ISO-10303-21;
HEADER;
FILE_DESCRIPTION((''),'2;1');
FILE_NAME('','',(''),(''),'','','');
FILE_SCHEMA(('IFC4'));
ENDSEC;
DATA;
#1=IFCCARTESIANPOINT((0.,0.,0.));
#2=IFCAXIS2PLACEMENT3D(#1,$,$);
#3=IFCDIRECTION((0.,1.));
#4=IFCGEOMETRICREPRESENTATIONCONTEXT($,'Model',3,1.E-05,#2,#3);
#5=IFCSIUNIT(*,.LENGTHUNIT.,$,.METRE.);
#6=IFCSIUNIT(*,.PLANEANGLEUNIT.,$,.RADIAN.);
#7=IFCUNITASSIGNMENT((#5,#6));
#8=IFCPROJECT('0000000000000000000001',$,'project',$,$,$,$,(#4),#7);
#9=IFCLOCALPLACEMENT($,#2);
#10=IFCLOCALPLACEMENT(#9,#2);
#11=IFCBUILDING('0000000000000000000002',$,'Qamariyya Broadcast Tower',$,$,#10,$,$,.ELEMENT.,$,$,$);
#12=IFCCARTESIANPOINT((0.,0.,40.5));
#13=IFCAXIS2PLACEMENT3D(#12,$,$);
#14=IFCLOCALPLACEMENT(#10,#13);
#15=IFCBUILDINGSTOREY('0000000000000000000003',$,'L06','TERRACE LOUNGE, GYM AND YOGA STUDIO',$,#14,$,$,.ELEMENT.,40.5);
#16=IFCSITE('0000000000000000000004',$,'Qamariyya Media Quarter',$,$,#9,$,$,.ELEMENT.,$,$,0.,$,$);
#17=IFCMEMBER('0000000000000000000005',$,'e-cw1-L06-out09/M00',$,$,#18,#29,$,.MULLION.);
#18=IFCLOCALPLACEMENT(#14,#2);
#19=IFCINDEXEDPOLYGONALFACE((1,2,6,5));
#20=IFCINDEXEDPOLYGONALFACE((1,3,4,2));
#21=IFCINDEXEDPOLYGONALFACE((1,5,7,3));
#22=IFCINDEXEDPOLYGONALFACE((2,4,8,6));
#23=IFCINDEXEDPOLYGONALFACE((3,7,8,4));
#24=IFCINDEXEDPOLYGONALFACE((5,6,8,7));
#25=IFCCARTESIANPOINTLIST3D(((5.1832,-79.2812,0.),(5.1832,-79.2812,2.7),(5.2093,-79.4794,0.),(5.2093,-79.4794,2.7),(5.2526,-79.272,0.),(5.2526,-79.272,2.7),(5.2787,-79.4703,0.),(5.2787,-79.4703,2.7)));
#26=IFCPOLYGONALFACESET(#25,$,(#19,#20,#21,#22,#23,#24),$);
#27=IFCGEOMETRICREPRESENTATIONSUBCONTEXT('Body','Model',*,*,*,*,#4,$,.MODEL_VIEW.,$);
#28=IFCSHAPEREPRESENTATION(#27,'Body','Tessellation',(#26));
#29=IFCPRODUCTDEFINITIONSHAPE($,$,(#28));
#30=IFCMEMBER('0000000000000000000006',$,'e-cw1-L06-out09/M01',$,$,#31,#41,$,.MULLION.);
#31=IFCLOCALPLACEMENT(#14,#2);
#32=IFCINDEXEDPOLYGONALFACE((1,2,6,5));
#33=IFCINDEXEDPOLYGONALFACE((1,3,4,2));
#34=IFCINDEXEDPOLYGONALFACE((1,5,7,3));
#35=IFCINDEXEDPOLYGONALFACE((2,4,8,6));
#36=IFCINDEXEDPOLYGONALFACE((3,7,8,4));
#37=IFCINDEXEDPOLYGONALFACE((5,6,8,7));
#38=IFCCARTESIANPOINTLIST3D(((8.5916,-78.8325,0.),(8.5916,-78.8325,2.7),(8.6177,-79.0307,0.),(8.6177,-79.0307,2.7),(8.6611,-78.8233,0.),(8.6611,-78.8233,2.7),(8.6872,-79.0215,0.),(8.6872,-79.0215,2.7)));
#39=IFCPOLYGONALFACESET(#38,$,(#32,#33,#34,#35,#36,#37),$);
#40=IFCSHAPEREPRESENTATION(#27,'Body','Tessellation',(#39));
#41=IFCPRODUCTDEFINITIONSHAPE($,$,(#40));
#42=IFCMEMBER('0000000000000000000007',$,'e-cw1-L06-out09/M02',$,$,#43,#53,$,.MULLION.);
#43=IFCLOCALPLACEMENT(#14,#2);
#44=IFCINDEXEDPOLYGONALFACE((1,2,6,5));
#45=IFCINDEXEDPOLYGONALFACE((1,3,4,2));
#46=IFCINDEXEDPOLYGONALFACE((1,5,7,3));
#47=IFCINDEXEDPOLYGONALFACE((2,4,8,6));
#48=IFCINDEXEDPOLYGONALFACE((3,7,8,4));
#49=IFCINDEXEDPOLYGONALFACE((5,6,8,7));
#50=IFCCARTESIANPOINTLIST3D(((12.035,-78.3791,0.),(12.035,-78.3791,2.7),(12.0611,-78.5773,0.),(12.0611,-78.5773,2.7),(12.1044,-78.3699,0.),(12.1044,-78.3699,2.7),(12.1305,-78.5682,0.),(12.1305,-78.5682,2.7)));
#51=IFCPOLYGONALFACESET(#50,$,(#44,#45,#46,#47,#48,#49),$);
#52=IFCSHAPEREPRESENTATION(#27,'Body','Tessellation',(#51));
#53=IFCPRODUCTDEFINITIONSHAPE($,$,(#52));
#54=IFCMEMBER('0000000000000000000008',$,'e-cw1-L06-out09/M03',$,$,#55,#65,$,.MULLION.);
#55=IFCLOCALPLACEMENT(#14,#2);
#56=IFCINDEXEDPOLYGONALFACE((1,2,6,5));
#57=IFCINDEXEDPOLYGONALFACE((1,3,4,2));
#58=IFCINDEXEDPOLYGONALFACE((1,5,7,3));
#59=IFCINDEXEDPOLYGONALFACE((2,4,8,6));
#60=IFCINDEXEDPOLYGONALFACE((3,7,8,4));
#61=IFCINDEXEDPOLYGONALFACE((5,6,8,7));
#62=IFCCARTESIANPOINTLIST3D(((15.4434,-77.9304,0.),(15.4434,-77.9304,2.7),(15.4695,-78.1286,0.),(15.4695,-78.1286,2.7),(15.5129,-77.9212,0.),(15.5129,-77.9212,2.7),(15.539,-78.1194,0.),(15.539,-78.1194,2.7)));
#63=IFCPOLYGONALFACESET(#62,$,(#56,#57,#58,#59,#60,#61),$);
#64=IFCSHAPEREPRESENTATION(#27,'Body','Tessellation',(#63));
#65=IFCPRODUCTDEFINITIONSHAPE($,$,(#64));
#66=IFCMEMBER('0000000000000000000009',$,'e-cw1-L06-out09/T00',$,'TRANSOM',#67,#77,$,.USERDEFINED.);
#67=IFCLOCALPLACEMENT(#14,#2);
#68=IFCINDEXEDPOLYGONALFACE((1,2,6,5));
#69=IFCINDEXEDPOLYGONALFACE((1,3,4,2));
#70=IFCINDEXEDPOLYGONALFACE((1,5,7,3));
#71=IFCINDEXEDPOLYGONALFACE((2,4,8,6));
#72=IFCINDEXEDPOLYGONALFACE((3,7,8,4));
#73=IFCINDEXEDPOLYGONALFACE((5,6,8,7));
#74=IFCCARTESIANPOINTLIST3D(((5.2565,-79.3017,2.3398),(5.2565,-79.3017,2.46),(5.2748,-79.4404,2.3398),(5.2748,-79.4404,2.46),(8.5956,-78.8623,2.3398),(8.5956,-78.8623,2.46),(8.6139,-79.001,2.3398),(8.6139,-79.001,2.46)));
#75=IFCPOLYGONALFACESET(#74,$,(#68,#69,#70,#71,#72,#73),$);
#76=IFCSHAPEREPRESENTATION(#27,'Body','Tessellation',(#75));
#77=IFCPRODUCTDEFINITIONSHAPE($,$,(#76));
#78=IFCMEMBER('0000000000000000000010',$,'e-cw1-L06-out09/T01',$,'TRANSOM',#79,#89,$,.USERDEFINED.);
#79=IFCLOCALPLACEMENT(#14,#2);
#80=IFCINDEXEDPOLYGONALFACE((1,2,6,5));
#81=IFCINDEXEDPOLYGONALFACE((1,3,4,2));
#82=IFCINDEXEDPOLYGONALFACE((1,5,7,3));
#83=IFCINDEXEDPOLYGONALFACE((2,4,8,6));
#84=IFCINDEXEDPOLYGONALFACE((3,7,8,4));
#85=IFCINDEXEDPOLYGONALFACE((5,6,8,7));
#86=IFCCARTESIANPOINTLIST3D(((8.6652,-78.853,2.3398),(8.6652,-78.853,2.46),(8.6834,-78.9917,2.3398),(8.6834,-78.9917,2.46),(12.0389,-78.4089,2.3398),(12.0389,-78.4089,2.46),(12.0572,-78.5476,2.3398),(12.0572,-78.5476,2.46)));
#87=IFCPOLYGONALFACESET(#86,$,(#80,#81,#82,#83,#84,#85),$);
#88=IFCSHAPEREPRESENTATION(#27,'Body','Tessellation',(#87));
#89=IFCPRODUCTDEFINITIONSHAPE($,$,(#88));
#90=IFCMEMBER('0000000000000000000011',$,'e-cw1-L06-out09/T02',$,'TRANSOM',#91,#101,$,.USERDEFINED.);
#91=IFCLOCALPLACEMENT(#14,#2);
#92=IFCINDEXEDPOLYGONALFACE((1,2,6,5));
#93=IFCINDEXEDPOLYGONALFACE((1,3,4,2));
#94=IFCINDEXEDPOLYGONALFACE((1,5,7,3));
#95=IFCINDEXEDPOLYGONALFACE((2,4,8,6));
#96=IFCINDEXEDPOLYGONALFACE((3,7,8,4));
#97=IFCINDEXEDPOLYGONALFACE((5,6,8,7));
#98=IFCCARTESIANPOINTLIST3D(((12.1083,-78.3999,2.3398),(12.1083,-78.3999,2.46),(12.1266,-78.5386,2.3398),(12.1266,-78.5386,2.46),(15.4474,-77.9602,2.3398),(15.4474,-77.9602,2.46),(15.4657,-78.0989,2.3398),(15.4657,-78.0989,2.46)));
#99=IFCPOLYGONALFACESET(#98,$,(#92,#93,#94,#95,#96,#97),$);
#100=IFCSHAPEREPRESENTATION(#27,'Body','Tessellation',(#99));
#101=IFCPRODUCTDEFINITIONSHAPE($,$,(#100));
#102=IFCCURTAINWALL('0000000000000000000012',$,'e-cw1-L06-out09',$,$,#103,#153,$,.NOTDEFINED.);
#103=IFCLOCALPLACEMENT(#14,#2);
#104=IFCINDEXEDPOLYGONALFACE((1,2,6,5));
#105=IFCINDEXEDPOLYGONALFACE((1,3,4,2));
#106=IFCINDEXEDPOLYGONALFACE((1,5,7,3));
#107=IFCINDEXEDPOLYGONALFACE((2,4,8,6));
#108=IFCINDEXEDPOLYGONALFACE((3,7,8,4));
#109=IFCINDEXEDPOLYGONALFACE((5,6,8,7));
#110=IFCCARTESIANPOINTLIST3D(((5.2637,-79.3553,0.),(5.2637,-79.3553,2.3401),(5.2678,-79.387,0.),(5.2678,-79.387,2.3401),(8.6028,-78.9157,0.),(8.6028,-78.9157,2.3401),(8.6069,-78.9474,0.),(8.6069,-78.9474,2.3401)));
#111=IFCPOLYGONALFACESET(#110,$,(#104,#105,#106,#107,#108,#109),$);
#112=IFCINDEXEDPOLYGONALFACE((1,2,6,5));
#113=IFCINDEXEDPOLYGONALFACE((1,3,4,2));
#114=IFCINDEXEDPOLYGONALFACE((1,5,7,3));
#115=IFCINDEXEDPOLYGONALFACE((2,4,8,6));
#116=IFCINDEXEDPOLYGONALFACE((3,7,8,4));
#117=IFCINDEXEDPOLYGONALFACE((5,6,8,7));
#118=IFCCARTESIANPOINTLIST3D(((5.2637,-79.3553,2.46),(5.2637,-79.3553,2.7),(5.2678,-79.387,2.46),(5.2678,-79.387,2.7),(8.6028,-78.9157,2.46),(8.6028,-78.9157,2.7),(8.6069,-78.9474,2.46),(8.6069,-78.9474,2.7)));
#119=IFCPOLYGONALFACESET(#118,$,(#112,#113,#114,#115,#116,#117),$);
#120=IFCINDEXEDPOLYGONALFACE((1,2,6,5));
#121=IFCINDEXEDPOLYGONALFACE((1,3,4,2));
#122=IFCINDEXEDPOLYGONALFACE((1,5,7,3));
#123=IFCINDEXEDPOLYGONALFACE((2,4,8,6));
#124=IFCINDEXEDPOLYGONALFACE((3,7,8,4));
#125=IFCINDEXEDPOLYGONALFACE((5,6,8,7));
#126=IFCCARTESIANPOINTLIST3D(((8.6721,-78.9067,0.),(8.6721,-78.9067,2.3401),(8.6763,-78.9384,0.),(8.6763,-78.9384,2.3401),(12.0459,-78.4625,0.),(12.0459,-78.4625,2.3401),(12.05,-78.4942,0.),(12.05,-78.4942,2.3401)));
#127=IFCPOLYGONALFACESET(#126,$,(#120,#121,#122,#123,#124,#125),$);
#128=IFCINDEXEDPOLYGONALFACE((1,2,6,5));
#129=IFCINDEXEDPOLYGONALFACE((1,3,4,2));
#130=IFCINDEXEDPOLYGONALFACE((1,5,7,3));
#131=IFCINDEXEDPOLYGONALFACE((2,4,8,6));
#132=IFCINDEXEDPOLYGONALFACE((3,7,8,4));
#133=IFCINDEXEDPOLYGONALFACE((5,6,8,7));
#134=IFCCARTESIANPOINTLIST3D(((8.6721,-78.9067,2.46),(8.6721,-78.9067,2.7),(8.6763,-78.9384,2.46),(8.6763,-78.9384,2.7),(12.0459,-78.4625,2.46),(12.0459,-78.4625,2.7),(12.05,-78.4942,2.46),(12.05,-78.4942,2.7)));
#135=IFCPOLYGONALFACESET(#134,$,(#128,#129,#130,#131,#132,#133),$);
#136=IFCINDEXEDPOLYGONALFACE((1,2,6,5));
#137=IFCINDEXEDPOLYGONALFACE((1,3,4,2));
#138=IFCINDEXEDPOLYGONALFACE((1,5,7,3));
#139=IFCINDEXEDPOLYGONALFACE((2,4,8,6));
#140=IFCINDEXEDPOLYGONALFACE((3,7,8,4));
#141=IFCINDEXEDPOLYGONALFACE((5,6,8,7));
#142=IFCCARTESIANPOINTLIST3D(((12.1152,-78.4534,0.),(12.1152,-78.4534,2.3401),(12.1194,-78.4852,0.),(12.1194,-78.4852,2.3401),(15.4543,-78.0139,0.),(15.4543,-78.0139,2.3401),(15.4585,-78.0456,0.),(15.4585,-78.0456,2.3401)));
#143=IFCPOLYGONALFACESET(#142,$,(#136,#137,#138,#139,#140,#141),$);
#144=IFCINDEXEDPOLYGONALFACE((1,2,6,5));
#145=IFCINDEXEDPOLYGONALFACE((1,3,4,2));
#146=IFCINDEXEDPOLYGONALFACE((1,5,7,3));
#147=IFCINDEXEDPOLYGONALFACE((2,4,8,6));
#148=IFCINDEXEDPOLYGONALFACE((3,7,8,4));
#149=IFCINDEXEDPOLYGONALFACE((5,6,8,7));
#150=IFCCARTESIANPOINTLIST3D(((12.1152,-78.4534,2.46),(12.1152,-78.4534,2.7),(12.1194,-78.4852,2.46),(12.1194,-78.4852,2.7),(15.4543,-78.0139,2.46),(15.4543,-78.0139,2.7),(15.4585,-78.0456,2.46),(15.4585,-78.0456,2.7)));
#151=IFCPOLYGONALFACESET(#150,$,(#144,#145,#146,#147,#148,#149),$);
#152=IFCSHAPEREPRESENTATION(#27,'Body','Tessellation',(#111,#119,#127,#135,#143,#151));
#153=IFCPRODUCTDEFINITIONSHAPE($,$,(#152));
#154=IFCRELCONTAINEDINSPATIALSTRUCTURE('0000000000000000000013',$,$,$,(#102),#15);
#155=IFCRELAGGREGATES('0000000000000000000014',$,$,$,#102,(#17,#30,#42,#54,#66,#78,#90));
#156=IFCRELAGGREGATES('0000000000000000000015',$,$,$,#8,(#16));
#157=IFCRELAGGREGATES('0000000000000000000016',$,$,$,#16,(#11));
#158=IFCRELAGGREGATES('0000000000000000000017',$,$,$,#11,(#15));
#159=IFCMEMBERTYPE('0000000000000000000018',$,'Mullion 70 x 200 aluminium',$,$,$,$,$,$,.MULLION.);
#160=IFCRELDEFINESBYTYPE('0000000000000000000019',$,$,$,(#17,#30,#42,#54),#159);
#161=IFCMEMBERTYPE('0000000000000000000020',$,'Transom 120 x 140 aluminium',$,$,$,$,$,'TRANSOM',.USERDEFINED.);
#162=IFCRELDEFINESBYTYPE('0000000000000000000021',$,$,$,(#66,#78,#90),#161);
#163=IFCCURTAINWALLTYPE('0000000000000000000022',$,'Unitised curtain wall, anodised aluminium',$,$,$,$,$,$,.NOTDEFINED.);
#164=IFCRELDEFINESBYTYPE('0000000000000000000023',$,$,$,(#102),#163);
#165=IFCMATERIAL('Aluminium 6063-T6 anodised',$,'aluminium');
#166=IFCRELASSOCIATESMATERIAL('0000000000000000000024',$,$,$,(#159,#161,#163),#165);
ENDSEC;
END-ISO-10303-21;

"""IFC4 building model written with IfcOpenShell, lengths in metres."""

from ifc_helpers import new_model, si_unit, direction, frame, origin, origin_2d, place, context, subcontext, project, spatial, rectangle, extrude, material, material_profile, profile_set, type_object, element, aggregate, save


model = new_model("IFC4")

# Units and contexts
model_context = context("Model", 3, precision=1e-05, world=origin(), true_north=direction((0.0, 1.0)))
body_context = subcontext(model_context, "Body", "Model", "MODEL_VIEW")
ifc_project = project(units=[si_unit("LENGTHUNIT", "METRE"), si_unit("PLANEANGLEUNIT", "RADIAN")], contexts=[model_context])

# Members
ifc_material = material(Name="Aluminium 6063-T6 anodised", Category="aluminium")
ifc_material_profile_1 = material_profile(ifc_material, rectangle(XDim=0.2, YDim=0.0701, at=origin_2d()))
ifc_profile_set_1 = profile_set([ifc_material_profile_1], Name="Aluminium 6063-T6 anodised")
member_type_1 = type_object("IfcMemberType", Name="Mullion 70 x 200 aluminium", PredefinedType="MULLION", material=ifc_profile_set_1)
site_placement = place(None, origin())
building_placement = place(site_placement, origin())
storey_placement = place(building_placement, frame((0.0, 0.0, 40.5)))
member_1_placement = place(storey_placement, frame((5.231, -79.3757, 0.0), z_axis=(0.0, 0.0, 1.0), x_axis=(-0.130526, 0.991445, 0.0)))
member_1 = element("IfcMember", 1, at=member_1_placement, type_object=member_type_1, Name="e-cw1-L06-out09/M00", PredefinedType="MULLION", context=body_context, shape_type="SweptSolid", body=[
    extrude(rectangle(XDim=0.2, YDim=0.0701, at=origin_2d()), origin(), (0.0, 0.0, 1.0), 2.7),
])
member_2_placement = place(storey_placement, frame((8.6394, -78.927, 0.0), z_axis=(0.0, 0.0, 1.0), x_axis=(-0.130526, 0.991445, 0.0)))
member_2 = element("IfcMember", 2, at=member_2_placement, type_object=member_type_1, Name="e-cw1-L06-out09/M01", PredefinedType="MULLION", context=body_context, shape_type="SweptSolid", body=[
    extrude(rectangle(XDim=0.2, YDim=0.0701, at=origin_2d()), origin(), (0.0, 0.0, 1.0), 2.7),
])
member_3_placement = place(storey_placement, frame((12.0828, -78.4736, 0.0), z_axis=(0.0, 0.0, 1.0), x_axis=(-0.130526, 0.991445, 0.0)))
member_3 = element("IfcMember", 3, at=member_3_placement, type_object=member_type_1, Name="e-cw1-L06-out09/M02", PredefinedType="MULLION", context=body_context, shape_type="SweptSolid", body=[
    extrude(rectangle(XDim=0.2, YDim=0.0701, at=origin_2d()), origin(), (0.0, 0.0, 1.0), 2.7),
])
member_4_placement = place(storey_placement, frame((15.4912, -78.0249, 0.0), z_axis=(0.0, 0.0, 1.0), x_axis=(-0.130526, 0.991445, 0.0)))
member_4 = element("IfcMember", 4, at=member_4_placement, type_object=member_type_1, Name="e-cw1-L06-out09/M03", PredefinedType="MULLION", context=body_context, shape_type="SweptSolid", body=[
    extrude(rectangle(XDim=0.2, YDim=0.0701, at=origin_2d()), origin(), (0.0, 0.0, 1.0), 2.7),
])
ifc_material_profile_2 = material_profile(ifc_material, rectangle(XDim=0.1399, YDim=0.1201, at=origin_2d()))
ifc_profile_set_2 = profile_set([ifc_material_profile_2], Name="Aluminium 6063-T6 anodised")
member_type_2 = type_object("IfcMemberType", Name="Transom 120 x 140 aluminium", ElementType="TRANSOM", PredefinedType="USERDEFINED", material=ifc_profile_set_2)
member_5_placement = place(storey_placement, frame((5.2656, -79.3711, 2.3999), z_axis=(0.991451, 0.130483, 0.0), x_axis=(-0.130483, 0.991451, 0.0)))
member_5 = element("IfcMember", 5, at=member_5_placement, type_object=member_type_2, Name="e-cw1-L06-out09/T00", ObjectType="TRANSOM", PredefinedType="USERDEFINED", context=body_context, shape_type="SweptSolid", body=[
    extrude(rectangle(XDim=0.1399, YDim=0.1201, at=origin_2d()), origin(), (0.0, 0.0, 1.0), 3.3679),
])
member_6_placement = place(storey_placement, frame((8.6743, -78.9224, 2.3999), z_axis=(0.991448, 0.130505, 0.0), x_axis=(-0.130505, 0.991448, 0.0)))
member_6 = element("IfcMember", 6, at=member_6_placement, type_object=member_type_2, Name="e-cw1-L06-out09/T01", ObjectType="TRANSOM", PredefinedType="USERDEFINED", context=body_context, shape_type="SweptSolid", body=[
    extrude(rectangle(XDim=0.1399, YDim=0.1201, at=origin_2d()), origin(), (0.0, 0.0, 1.0), 3.4028),
])
member_7_placement = place(storey_placement, frame((12.1174, -78.4692, 2.3999), z_axis=(0.991441, 0.130554, 0.0), x_axis=(-0.130554, 0.991441, 0.0)))
member_7 = element("IfcMember", 7, at=member_7_placement, type_object=member_type_2, Name="e-cw1-L06-out09/T02", ObjectType="TRANSOM", PredefinedType="USERDEFINED", context=body_context, shape_type="SweptSolid", body=[
    extrude(rectangle(XDim=0.1399, YDim=0.1201, at=origin_2d()), origin(), (0.0, 0.0, 1.0), 3.3679),
])

# Site, building, storey
site = spatial("IfcSite", under=ifc_project, at=site_placement, Name="Qamariyya Media Quarter", CompositionType="ELEMENT", RefElevation=0.0)
building = spatial("IfcBuilding", under=site, at=building_placement, Name="Qamariyya Broadcast Tower", CompositionType="ELEMENT")
storey = spatial("IfcBuildingStorey", under=building, at=storey_placement, Name="L06", Description="TERRACE LOUNGE, GYM AND YOGA STUDIO", CompositionType="ELEMENT", Elevation=40.5)

# Curtain wall
curtain_wall_type = type_object("IfcCurtainWallType", Name="Unitised curtain wall, anodised aluminium", PredefinedType="NOTDEFINED", material=ifc_material)
curtain_wall_1_placement = place(storey_placement, origin())
curtain_wall_1 = element("IfcCurtainWall", 8, at=curtain_wall_1_placement, inside=storey, type_object=curtain_wall_type, Name="e-cw1-L06-out09", PredefinedType="NOTDEFINED", context=body_context, shape_type="SweptSolid", body=[
    extrude(rectangle(XDim=3.3679, YDim=0.032, at=origin_2d()), frame((6.9353, -79.1514, 0.0), x_axis=(0.991446, 0.130521, 0.0)), (0.0, 0.0, 1.0), 2.3401),
    extrude(rectangle(XDim=3.3679, YDim=0.032, at=origin_2d()), frame((6.9353, -79.1514, 2.46), x_axis=(0.991446, 0.130521, 0.0)), (0.0, 0.0, 1.0), 0.24),
    extrude(rectangle(XDim=3.4028, YDim=0.032, at=origin_2d()), frame((10.3611, -78.7004, 0.0), x_axis=(0.991446, 0.130521, 0.0)), (0.0, 0.0, 1.0), 2.3401),
    extrude(rectangle(XDim=3.4028, YDim=0.032, at=origin_2d()), frame((10.3611, -78.7004, 2.46), x_axis=(0.991446, 0.130521, 0.0)), (0.0, 0.0, 1.0), 0.24),
    extrude(rectangle(XDim=3.3679, YDim=0.032, at=origin_2d()), frame((13.7869, -78.2495, 0.0), x_axis=(0.991446, 0.130521, 0.0)), (0.0, 0.0, 1.0), 2.3401),
    extrude(rectangle(XDim=3.3679, YDim=0.032, at=origin_2d()), frame((13.7869, -78.2495, 2.46), x_axis=(0.991446, 0.130521, 0.0)), (0.0, 0.0, 1.0), 0.24),
])
aggregate(curtain_wall_1, [member_1, member_2, member_3, member_4, member_5, member_6, member_7])

save(model, "model.ifc")
